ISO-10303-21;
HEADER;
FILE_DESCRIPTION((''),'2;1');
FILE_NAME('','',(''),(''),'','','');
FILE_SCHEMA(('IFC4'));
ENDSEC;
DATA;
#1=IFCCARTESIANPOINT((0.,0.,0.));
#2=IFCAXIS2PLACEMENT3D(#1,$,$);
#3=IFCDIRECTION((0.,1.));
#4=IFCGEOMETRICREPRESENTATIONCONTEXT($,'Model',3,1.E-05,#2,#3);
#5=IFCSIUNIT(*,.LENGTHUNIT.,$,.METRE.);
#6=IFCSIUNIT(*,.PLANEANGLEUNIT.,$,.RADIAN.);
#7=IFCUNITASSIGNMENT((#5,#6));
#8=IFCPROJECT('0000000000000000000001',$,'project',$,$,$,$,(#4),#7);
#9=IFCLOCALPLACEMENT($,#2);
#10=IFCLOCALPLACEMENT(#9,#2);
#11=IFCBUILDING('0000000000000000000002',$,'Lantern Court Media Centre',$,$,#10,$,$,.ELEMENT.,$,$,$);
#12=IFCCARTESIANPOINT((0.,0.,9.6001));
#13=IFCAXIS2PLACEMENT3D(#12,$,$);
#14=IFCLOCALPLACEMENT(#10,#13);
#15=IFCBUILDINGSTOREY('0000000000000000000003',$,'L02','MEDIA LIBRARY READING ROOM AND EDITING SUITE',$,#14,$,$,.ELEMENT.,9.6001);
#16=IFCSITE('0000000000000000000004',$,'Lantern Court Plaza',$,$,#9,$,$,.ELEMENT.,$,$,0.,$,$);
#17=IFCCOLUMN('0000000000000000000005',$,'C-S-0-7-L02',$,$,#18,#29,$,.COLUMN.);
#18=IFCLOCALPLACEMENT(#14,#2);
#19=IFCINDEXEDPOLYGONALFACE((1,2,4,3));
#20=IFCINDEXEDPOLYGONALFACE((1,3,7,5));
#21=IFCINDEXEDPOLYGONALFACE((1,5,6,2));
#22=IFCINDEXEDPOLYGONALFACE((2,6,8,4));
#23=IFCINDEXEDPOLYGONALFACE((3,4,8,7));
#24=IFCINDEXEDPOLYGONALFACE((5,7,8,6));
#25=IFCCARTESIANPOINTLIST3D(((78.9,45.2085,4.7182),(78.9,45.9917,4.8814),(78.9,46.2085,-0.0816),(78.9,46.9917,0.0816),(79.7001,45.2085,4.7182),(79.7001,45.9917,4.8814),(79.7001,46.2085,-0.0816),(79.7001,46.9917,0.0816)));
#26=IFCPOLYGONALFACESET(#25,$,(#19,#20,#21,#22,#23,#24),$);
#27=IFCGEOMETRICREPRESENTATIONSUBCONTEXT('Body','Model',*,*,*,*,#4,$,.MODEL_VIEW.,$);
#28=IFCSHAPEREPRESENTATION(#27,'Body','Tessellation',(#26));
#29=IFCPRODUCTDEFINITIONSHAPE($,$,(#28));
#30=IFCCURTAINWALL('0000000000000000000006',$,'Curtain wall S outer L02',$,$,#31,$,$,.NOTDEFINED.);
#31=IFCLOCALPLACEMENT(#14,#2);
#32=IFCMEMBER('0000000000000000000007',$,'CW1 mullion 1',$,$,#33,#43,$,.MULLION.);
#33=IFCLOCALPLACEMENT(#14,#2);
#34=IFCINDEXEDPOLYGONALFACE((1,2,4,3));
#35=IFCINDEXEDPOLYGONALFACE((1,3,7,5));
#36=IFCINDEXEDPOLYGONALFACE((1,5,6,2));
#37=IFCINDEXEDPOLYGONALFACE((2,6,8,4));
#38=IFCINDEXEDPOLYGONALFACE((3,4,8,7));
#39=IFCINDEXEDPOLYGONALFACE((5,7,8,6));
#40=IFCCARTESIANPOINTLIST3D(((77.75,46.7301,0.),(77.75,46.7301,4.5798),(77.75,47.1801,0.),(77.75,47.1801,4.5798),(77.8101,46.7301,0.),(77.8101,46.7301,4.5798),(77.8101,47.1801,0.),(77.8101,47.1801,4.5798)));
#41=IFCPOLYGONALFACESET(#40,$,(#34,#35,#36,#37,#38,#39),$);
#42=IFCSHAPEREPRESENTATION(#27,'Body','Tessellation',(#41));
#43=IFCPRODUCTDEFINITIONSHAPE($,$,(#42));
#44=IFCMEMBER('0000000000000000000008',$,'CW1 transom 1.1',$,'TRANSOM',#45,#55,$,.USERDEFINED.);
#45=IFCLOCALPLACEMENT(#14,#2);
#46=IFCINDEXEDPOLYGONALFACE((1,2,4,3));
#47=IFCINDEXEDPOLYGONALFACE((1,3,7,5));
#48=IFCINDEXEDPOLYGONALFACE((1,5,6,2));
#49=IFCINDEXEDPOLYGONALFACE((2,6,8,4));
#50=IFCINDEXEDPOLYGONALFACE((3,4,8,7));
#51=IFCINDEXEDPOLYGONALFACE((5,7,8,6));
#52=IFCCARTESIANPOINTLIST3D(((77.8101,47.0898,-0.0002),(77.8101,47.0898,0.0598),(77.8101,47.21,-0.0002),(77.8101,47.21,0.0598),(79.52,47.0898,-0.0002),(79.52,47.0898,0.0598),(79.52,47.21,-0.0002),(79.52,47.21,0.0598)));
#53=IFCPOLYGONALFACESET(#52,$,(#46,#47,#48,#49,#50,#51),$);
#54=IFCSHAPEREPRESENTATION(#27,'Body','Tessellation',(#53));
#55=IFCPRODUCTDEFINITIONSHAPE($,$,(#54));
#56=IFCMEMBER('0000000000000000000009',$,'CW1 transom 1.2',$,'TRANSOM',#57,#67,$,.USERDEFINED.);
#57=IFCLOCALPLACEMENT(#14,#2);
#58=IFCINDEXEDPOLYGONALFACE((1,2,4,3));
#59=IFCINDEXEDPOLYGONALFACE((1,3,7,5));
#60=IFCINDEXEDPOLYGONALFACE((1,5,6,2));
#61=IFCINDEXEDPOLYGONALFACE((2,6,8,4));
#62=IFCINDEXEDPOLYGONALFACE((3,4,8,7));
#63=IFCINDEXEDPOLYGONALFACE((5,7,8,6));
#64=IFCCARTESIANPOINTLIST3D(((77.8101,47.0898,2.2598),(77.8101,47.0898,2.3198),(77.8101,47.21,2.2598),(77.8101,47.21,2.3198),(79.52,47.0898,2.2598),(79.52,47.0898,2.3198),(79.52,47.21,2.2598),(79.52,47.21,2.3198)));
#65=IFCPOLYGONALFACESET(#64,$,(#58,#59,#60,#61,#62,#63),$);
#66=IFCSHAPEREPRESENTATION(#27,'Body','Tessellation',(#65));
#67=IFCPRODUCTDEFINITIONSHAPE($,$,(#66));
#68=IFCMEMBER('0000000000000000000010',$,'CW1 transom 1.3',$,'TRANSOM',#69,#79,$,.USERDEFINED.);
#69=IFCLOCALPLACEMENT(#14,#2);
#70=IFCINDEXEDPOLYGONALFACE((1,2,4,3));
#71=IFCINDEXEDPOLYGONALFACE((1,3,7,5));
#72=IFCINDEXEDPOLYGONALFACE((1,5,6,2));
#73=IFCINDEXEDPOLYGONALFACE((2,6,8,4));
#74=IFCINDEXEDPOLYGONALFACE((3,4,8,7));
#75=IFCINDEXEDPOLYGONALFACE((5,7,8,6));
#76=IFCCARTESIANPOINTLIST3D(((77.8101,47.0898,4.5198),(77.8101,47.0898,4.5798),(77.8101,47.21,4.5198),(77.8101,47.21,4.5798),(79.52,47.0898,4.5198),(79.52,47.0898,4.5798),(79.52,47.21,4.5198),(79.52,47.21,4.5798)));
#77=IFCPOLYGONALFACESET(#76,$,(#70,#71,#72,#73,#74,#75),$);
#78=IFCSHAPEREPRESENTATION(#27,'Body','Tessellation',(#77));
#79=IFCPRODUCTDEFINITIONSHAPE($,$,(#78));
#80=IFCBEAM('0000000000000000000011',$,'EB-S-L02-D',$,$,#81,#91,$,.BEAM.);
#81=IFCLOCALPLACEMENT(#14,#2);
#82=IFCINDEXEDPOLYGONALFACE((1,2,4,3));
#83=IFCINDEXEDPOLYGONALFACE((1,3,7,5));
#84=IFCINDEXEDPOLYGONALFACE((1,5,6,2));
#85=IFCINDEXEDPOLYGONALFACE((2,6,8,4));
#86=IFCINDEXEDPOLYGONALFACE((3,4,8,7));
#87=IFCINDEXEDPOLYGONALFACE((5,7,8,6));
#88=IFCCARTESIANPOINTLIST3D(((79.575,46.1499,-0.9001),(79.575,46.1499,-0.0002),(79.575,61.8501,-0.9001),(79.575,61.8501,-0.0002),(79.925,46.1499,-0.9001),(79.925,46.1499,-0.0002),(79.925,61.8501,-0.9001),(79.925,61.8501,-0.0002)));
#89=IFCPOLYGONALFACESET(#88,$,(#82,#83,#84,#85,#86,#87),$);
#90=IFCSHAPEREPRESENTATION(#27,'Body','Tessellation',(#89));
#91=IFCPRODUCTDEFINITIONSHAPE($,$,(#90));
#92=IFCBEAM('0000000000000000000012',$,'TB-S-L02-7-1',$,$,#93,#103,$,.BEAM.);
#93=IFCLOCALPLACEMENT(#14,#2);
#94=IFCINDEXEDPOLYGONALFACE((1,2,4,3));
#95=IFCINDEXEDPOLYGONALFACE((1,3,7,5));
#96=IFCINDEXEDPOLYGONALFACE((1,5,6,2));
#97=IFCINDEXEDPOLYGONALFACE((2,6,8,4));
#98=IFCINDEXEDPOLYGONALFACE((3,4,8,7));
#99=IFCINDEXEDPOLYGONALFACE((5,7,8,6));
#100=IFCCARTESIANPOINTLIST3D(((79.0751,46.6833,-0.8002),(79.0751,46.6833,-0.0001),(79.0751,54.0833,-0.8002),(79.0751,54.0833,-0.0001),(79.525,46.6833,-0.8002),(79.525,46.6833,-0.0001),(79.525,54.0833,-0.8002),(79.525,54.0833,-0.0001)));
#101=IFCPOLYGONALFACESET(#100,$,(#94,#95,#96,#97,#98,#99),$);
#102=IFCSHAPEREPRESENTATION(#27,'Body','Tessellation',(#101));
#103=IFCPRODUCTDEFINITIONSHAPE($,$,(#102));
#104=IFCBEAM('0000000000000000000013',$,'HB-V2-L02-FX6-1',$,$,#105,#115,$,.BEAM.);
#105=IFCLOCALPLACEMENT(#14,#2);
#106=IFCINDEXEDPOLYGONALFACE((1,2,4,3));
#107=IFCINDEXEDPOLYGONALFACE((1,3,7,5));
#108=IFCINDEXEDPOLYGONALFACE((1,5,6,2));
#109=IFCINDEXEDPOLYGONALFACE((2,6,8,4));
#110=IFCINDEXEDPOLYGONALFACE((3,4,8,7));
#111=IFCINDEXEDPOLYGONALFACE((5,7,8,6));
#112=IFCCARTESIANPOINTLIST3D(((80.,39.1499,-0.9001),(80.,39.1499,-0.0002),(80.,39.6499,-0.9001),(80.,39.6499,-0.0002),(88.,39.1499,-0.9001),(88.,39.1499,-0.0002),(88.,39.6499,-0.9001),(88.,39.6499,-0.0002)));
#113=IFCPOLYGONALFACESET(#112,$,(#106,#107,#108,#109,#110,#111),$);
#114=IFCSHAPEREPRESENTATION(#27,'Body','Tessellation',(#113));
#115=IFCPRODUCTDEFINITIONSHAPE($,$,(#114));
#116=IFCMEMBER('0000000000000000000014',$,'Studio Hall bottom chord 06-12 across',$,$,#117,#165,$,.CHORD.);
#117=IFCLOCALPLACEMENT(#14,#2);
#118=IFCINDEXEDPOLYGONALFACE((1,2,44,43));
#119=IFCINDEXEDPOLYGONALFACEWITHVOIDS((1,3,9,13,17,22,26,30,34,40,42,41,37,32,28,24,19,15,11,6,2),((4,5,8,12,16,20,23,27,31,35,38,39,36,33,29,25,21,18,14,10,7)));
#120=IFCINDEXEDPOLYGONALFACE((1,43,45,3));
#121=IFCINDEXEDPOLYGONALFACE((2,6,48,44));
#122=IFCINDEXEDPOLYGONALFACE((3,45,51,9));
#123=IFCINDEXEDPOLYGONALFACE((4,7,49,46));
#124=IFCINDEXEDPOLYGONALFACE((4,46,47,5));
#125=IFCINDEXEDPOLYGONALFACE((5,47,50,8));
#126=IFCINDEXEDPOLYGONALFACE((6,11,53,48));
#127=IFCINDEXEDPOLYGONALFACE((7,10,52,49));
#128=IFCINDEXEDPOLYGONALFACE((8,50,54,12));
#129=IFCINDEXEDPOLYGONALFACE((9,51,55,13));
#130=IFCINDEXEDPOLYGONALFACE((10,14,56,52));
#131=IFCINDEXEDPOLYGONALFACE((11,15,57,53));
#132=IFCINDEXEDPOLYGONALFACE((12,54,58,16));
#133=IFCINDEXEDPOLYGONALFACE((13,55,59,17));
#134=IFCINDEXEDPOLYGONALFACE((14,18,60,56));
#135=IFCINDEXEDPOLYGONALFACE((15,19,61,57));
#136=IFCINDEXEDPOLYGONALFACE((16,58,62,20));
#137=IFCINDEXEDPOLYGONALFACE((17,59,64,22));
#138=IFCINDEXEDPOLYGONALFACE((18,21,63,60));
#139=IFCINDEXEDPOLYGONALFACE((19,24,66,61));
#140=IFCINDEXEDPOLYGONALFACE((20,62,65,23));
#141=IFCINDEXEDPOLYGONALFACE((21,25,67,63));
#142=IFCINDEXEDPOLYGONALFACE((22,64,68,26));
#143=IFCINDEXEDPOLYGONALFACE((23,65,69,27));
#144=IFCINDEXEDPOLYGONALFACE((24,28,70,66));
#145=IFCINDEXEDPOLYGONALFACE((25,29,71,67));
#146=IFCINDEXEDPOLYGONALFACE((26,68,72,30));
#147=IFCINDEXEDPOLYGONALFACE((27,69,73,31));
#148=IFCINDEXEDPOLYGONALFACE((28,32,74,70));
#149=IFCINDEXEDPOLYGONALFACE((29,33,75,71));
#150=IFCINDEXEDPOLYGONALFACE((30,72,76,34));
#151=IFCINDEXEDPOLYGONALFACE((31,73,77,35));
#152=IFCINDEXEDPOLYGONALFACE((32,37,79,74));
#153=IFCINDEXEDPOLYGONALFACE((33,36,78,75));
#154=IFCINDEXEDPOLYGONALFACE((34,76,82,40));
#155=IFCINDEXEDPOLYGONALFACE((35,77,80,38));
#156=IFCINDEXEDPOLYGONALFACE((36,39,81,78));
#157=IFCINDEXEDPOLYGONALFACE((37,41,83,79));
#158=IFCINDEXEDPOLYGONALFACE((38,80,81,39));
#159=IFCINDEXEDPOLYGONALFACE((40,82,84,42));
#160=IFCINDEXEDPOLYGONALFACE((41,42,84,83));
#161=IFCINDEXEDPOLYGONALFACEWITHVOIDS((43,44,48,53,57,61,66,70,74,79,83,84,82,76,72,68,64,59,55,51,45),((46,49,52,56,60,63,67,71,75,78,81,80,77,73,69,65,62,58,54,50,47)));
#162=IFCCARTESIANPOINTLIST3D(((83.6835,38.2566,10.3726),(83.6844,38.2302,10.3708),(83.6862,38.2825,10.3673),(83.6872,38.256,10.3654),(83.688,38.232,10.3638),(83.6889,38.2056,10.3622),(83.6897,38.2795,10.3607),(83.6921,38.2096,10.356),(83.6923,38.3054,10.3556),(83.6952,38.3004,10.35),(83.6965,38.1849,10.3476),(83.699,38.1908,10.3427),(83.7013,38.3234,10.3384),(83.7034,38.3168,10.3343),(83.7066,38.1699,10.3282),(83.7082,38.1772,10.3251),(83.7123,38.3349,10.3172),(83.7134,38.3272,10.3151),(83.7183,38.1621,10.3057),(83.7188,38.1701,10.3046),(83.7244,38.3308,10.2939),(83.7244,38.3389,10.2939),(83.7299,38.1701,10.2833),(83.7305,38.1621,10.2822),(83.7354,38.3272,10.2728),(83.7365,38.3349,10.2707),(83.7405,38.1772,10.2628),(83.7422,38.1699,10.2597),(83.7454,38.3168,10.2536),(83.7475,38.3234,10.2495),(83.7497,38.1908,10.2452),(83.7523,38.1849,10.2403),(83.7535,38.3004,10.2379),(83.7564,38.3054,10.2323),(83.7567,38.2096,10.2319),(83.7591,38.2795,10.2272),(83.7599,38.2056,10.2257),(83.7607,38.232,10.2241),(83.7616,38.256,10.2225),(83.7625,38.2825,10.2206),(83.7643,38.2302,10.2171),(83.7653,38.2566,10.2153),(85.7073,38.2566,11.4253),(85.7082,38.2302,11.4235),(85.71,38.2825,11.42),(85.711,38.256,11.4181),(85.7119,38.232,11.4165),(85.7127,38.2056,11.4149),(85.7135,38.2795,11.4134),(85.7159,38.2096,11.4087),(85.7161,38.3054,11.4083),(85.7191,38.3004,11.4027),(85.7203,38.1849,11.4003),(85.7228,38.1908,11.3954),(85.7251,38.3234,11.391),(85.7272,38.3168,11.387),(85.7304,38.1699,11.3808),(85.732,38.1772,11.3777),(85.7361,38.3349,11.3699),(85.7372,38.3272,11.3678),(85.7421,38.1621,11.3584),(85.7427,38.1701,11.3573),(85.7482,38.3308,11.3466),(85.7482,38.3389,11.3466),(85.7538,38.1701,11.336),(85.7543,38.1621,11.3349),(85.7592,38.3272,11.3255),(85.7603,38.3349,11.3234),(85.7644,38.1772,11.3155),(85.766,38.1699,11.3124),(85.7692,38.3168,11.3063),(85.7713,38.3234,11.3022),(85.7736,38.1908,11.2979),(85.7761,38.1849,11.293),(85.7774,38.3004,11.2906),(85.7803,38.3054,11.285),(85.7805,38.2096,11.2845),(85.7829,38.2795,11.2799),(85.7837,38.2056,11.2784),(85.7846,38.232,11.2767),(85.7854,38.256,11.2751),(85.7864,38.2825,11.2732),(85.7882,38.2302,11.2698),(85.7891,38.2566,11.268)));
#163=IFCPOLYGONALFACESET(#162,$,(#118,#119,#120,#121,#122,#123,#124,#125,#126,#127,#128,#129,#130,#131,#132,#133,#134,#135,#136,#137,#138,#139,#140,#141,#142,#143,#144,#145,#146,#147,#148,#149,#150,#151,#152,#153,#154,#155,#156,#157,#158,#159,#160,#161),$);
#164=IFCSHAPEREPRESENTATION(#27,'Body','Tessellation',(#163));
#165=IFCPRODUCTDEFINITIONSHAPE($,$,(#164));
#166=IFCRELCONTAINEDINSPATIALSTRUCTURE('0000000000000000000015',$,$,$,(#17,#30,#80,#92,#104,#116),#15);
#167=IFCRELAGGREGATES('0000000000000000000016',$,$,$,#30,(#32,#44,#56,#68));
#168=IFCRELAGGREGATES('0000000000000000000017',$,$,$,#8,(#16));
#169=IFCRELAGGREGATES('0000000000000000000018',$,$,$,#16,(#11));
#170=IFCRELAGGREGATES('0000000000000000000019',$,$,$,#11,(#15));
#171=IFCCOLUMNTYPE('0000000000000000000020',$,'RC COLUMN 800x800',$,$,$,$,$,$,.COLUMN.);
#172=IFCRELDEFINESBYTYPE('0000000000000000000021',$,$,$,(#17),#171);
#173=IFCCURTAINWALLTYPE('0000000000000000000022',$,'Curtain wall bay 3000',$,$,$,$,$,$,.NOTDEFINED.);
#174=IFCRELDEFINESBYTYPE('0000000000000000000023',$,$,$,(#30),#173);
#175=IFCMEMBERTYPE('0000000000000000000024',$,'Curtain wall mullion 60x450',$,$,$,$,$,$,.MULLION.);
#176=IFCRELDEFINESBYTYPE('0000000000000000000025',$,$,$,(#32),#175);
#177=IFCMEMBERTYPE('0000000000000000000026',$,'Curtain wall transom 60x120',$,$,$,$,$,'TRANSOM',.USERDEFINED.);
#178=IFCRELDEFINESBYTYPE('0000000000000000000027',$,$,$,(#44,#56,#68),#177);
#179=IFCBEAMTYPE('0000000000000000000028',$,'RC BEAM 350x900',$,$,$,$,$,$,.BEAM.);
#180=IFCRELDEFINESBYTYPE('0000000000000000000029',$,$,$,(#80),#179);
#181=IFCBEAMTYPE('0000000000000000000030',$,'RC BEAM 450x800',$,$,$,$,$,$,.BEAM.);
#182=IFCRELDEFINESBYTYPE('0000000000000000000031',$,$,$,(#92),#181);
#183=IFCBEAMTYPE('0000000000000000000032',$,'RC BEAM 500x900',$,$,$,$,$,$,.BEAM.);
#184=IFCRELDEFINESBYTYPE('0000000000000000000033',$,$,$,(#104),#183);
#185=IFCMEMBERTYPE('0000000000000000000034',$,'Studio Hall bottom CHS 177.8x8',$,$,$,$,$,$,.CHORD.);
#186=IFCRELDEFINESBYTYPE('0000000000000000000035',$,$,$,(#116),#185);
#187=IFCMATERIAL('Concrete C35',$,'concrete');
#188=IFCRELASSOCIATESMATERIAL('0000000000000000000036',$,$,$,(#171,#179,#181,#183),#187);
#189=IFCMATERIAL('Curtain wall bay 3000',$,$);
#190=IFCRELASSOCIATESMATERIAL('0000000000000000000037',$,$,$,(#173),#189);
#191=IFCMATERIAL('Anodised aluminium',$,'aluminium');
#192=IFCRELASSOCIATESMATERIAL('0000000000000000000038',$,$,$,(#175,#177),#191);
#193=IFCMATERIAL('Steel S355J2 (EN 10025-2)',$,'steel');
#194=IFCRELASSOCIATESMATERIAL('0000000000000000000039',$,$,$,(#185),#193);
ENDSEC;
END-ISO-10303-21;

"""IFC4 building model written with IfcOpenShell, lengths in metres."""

from ifc_helpers import new_model, si_unit, direction, frame, origin, origin_2d, place, context, subcontext, project, spatial, rectangle, hollow_circle, extrude, material, material_profile, profile_set, type_object, element, aggregate, save


model = new_model("IFC4")

# Units and contexts
model_context = context("Model", 3, precision=1e-05, world=origin(), true_north=direction((0.0, 1.0)))
body_context = subcontext(model_context, "Body", "Model", "MODEL_VIEW")
ifc_project = project(units=[si_unit("LENGTHUNIT", "METRE"), si_unit("PLANEANGLEUNIT", "RADIAN")], contexts=[model_context])

# Site, building, storey
site_placement = place(None, origin())
site = spatial("IfcSite", under=ifc_project, at=site_placement, Name="Lantern Court Plaza", CompositionType="ELEMENT", RefElevation=0.0)
building_placement = place(site_placement, origin())
building = spatial("IfcBuilding", under=site, at=building_placement, Name="Lantern Court Media Centre", CompositionType="ELEMENT")
storey_placement = place(building_placement, frame((0.0, 0.0, 9.6001)))
storey = spatial("IfcBuildingStorey", under=building, at=storey_placement, Name="L02", Description="MEDIA LIBRARY READING ROOM AND EDITING SUITE", CompositionType="ELEMENT", Elevation=9.6001)

# Column
ifc_material_1 = material(Name="Concrete C35", Category="concrete")
ifc_material_profile_1 = material_profile(ifc_material_1, rectangle(XDim=0.8, YDim=0.8, at=origin_2d()), Name="RC 800x800")
ifc_profile_set_1 = profile_set([ifc_material_profile_1], Name="Concrete C35")
column_type = type_object("IfcColumnType", Name="RC COLUMN 800x800", PredefinedType="COLUMN", material=ifc_profile_set_1)
column_placement = place(storey_placement, frame((79.3, 46.6001, 0.0), z_axis=(0.0, -0.203962, 0.978979), x_axis=(1.0, 0.0, 0.0)))
element("IfcColumn", 1, at=column_placement, inside=storey, type_object=column_type, Name="C-S-0-7-L02", PredefinedType="COLUMN", context=body_context, shape_type="SweptSolid", body=[
    extrude(rectangle(XDim=0.8, YDim=0.8, at=origin_2d()), origin(), (0.0, 0.0, 1.0), 4.9028),
])

# Curtain wall, members
ifc_material_2 = material(Name="Curtain wall bay 3000")
curtain_wall_type = type_object("IfcCurtainWallType", Name="Curtain wall bay 3000", PredefinedType="NOTDEFINED", material=ifc_material_2)
curtain_wall_placement = place(storey_placement, origin())
curtain_wall = element("IfcCurtainWall", 2, at=curtain_wall_placement, inside=storey, type_object=curtain_wall_type, Name="Curtain wall S outer L02", PredefinedType="NOTDEFINED")
ifc_material_3 = material(Name="Anodised aluminium", Category="aluminium")
ifc_material_profile_2 = material_profile(ifc_material_3, rectangle(XDim=0.45, YDim=0.0601, at=origin_2d()), Name="AL 60x450")
ifc_profile_set_2 = profile_set([ifc_material_profile_2], Name="Anodised aluminium")
member_type_1 = type_object("IfcMemberType", Name="Curtain wall mullion 60x450", PredefinedType="MULLION", material=ifc_profile_set_2)
member_1_placement = place(storey_placement, frame((77.78, 46.9551, 0.0), z_axis=(0.0, 0.0, 1.0), x_axis=(0.0, 1.0, 0.0)))
member_1 = element("IfcMember", 3, at=member_1_placement, type_object=member_type_1, Name="CW1 mullion 1", PredefinedType="MULLION", context=body_context, shape_type="SweptSolid", body=[
    extrude(rectangle(XDim=0.45, YDim=0.0601, at=origin_2d()), origin(), (0.0, 0.0, 1.0), 4.5798),
])
ifc_material_profile_3 = material_profile(ifc_material_3, rectangle(XDim=0.1201, YDim=0.0601, at=origin_2d()), Name="AL 60x120")
ifc_profile_set_3 = profile_set([ifc_material_profile_3], Name="Anodised aluminium")
member_type_2 = type_object("IfcMemberType", Name="Curtain wall transom 60x120", ElementType="TRANSOM", PredefinedType="USERDEFINED", material=ifc_profile_set_3)
member_2_placement = place(storey_placement, frame((77.8101, 47.1499, 0.0298), z_axis=(1.0, 0.0, 0.0), x_axis=(0.0, 1.0, 0.0)))
member_2 = element("IfcMember", 4, at=member_2_placement, type_object=member_type_2, Name="CW1 transom 1.1", ObjectType="TRANSOM", PredefinedType="USERDEFINED", context=body_context, shape_type="SweptSolid", body=[
    extrude(rectangle(XDim=0.1201, YDim=0.0601, at=origin_2d()), origin(), (0.0, 0.0, 1.0), 1.71),
])
member_3_placement = place(storey_placement, frame((77.8101, 47.1499, 2.2898), z_axis=(1.0, 0.0, 0.0), x_axis=(0.0, 1.0, 0.0)))
member_3 = element("IfcMember", 5, at=member_3_placement, type_object=member_type_2, Name="CW1 transom 1.2", ObjectType="TRANSOM", PredefinedType="USERDEFINED", context=body_context, shape_type="SweptSolid", body=[
    extrude(rectangle(XDim=0.1201, YDim=0.0601, at=origin_2d()), origin(), (0.0, 0.0, 1.0), 1.71),
])
member_4_placement = place(storey_placement, frame((77.8101, 47.1499, 4.5498), z_axis=(1.0, 0.0, 0.0), x_axis=(0.0, 1.0, 0.0)))
member_4 = element("IfcMember", 6, at=member_4_placement, type_object=member_type_2, Name="CW1 transom 1.3", ObjectType="TRANSOM", PredefinedType="USERDEFINED", context=body_context, shape_type="SweptSolid", body=[
    extrude(rectangle(XDim=0.1201, YDim=0.0601, at=origin_2d()), origin(), (0.0, 0.0, 1.0), 1.71),
])

# Beams
ifc_material_profile_4 = material_profile(ifc_material_1, rectangle(XDim=0.3501, YDim=0.8999, at=origin_2d()), Name="RC 350x900")
ifc_profile_set_4 = profile_set([ifc_material_profile_4], Name="Concrete C35")
beam_type_1 = type_object("IfcBeamType", Name="RC BEAM 350x900", PredefinedType="BEAM", material=ifc_profile_set_4)
beam_1_placement = place(storey_placement, frame((79.75, 46.1499, -0.4502), z_axis=(0.0, 1.0, 0.0), x_axis=(-1.0, 0.0, 0.0)))
element("IfcBeam", 7, at=beam_1_placement, inside=storey, type_object=beam_type_1, Name="EB-S-L02-D", PredefinedType="BEAM", context=body_context, shape_type="SweptSolid", body=[
    extrude(rectangle(XDim=0.3501, YDim=0.8999, at=origin_2d()), origin(), (0.0, 0.0, 1.0), 15.7002),
])
ifc_material_profile_5 = material_profile(ifc_material_1, rectangle(XDim=0.45, YDim=0.8, at=origin_2d()), Name="RC 450x800")
ifc_profile_set_5 = profile_set([ifc_material_profile_5], Name="Concrete C35")
beam_type_2 = type_object("IfcBeamType", Name="RC BEAM 450x800", PredefinedType="BEAM", material=ifc_profile_set_5)
beam_2_placement = place(storey_placement, frame((79.3, 46.6833, -0.4001), z_axis=(0.0, 1.0, 0.0), x_axis=(-1.0, 0.0, 0.0)))
element("IfcBeam", 8, at=beam_2_placement, inside=storey, type_object=beam_type_2, Name="TB-S-L02-7-1", PredefinedType="BEAM", context=body_context, shape_type="SweptSolid", body=[
    extrude(rectangle(XDim=0.45, YDim=0.8, at=origin_2d()), origin(), (0.0, 0.0, 1.0), 7.3999),
])
ifc_material_profile_6 = material_profile(ifc_material_1, rectangle(XDim=0.5, YDim=0.8999, at=origin_2d()), Name="RC 500x900")
ifc_profile_set_6 = profile_set([ifc_material_profile_6], Name="Concrete C35")
beam_type_3 = type_object("IfcBeamType", Name="RC BEAM 500x900", PredefinedType="BEAM", material=ifc_profile_set_6)
beam_3_placement = place(storey_placement, frame((80.0, 39.3999, -0.4502), z_axis=(1.0, 0.0, 0.0), x_axis=(0.0, 1.0, 0.0)))
element("IfcBeam", 9, at=beam_3_placement, inside=storey, type_object=beam_type_3, Name="HB-V2-L02-FX6-1", PredefinedType="BEAM", context=body_context, shape_type="SweptSolid", body=[
    extrude(rectangle(XDim=0.5, YDim=0.8999, at=origin_2d()), origin(), (0.0, 0.0, 1.0), 8.0),
])

# Member
ifc_material_4 = material(Name="Steel S355J2 (EN 10025-2)", Category="steel")
ifc_material_profile_7 = material_profile(ifc_material_4, hollow_circle(Radius=0.0889, WallThickness=0.0081, at=origin_2d()), Name="Studio Hall bottom CHS 177.8x8")
ifc_profile_set_7 = profile_set([ifc_material_profile_7], Name="Steel S355J2 (EN 10025-2)")
member_type_3 = type_object("IfcMemberType", Name="Studio Hall bottom CHS 177.8x8", PredefinedType="CHORD", material=ifc_profile_set_7)
member_5_placement = place(storey_placement, frame((83.7244, 38.25, 10.2939), z_axis=(0.887164, 0.0, 0.461454), x_axis=(0.0, 1.0, 0.0)))
element("IfcMember", 10, at=member_5_placement, inside=storey, type_object=member_type_3, Name="Studio Hall bottom chord 06-12 across", PredefinedType="CHORD", context=body_context, shape_type="SweptSolid", body=[
    extrude(hollow_circle(Radius=0.0889, WallThickness=0.0081, at=origin_2d()), origin(), (0.0, 0.0, 1.0), 2.2812),
])

aggregate(curtain_wall, [member_1, member_2, member_3, member_4])

save(model, "model.ifc")
